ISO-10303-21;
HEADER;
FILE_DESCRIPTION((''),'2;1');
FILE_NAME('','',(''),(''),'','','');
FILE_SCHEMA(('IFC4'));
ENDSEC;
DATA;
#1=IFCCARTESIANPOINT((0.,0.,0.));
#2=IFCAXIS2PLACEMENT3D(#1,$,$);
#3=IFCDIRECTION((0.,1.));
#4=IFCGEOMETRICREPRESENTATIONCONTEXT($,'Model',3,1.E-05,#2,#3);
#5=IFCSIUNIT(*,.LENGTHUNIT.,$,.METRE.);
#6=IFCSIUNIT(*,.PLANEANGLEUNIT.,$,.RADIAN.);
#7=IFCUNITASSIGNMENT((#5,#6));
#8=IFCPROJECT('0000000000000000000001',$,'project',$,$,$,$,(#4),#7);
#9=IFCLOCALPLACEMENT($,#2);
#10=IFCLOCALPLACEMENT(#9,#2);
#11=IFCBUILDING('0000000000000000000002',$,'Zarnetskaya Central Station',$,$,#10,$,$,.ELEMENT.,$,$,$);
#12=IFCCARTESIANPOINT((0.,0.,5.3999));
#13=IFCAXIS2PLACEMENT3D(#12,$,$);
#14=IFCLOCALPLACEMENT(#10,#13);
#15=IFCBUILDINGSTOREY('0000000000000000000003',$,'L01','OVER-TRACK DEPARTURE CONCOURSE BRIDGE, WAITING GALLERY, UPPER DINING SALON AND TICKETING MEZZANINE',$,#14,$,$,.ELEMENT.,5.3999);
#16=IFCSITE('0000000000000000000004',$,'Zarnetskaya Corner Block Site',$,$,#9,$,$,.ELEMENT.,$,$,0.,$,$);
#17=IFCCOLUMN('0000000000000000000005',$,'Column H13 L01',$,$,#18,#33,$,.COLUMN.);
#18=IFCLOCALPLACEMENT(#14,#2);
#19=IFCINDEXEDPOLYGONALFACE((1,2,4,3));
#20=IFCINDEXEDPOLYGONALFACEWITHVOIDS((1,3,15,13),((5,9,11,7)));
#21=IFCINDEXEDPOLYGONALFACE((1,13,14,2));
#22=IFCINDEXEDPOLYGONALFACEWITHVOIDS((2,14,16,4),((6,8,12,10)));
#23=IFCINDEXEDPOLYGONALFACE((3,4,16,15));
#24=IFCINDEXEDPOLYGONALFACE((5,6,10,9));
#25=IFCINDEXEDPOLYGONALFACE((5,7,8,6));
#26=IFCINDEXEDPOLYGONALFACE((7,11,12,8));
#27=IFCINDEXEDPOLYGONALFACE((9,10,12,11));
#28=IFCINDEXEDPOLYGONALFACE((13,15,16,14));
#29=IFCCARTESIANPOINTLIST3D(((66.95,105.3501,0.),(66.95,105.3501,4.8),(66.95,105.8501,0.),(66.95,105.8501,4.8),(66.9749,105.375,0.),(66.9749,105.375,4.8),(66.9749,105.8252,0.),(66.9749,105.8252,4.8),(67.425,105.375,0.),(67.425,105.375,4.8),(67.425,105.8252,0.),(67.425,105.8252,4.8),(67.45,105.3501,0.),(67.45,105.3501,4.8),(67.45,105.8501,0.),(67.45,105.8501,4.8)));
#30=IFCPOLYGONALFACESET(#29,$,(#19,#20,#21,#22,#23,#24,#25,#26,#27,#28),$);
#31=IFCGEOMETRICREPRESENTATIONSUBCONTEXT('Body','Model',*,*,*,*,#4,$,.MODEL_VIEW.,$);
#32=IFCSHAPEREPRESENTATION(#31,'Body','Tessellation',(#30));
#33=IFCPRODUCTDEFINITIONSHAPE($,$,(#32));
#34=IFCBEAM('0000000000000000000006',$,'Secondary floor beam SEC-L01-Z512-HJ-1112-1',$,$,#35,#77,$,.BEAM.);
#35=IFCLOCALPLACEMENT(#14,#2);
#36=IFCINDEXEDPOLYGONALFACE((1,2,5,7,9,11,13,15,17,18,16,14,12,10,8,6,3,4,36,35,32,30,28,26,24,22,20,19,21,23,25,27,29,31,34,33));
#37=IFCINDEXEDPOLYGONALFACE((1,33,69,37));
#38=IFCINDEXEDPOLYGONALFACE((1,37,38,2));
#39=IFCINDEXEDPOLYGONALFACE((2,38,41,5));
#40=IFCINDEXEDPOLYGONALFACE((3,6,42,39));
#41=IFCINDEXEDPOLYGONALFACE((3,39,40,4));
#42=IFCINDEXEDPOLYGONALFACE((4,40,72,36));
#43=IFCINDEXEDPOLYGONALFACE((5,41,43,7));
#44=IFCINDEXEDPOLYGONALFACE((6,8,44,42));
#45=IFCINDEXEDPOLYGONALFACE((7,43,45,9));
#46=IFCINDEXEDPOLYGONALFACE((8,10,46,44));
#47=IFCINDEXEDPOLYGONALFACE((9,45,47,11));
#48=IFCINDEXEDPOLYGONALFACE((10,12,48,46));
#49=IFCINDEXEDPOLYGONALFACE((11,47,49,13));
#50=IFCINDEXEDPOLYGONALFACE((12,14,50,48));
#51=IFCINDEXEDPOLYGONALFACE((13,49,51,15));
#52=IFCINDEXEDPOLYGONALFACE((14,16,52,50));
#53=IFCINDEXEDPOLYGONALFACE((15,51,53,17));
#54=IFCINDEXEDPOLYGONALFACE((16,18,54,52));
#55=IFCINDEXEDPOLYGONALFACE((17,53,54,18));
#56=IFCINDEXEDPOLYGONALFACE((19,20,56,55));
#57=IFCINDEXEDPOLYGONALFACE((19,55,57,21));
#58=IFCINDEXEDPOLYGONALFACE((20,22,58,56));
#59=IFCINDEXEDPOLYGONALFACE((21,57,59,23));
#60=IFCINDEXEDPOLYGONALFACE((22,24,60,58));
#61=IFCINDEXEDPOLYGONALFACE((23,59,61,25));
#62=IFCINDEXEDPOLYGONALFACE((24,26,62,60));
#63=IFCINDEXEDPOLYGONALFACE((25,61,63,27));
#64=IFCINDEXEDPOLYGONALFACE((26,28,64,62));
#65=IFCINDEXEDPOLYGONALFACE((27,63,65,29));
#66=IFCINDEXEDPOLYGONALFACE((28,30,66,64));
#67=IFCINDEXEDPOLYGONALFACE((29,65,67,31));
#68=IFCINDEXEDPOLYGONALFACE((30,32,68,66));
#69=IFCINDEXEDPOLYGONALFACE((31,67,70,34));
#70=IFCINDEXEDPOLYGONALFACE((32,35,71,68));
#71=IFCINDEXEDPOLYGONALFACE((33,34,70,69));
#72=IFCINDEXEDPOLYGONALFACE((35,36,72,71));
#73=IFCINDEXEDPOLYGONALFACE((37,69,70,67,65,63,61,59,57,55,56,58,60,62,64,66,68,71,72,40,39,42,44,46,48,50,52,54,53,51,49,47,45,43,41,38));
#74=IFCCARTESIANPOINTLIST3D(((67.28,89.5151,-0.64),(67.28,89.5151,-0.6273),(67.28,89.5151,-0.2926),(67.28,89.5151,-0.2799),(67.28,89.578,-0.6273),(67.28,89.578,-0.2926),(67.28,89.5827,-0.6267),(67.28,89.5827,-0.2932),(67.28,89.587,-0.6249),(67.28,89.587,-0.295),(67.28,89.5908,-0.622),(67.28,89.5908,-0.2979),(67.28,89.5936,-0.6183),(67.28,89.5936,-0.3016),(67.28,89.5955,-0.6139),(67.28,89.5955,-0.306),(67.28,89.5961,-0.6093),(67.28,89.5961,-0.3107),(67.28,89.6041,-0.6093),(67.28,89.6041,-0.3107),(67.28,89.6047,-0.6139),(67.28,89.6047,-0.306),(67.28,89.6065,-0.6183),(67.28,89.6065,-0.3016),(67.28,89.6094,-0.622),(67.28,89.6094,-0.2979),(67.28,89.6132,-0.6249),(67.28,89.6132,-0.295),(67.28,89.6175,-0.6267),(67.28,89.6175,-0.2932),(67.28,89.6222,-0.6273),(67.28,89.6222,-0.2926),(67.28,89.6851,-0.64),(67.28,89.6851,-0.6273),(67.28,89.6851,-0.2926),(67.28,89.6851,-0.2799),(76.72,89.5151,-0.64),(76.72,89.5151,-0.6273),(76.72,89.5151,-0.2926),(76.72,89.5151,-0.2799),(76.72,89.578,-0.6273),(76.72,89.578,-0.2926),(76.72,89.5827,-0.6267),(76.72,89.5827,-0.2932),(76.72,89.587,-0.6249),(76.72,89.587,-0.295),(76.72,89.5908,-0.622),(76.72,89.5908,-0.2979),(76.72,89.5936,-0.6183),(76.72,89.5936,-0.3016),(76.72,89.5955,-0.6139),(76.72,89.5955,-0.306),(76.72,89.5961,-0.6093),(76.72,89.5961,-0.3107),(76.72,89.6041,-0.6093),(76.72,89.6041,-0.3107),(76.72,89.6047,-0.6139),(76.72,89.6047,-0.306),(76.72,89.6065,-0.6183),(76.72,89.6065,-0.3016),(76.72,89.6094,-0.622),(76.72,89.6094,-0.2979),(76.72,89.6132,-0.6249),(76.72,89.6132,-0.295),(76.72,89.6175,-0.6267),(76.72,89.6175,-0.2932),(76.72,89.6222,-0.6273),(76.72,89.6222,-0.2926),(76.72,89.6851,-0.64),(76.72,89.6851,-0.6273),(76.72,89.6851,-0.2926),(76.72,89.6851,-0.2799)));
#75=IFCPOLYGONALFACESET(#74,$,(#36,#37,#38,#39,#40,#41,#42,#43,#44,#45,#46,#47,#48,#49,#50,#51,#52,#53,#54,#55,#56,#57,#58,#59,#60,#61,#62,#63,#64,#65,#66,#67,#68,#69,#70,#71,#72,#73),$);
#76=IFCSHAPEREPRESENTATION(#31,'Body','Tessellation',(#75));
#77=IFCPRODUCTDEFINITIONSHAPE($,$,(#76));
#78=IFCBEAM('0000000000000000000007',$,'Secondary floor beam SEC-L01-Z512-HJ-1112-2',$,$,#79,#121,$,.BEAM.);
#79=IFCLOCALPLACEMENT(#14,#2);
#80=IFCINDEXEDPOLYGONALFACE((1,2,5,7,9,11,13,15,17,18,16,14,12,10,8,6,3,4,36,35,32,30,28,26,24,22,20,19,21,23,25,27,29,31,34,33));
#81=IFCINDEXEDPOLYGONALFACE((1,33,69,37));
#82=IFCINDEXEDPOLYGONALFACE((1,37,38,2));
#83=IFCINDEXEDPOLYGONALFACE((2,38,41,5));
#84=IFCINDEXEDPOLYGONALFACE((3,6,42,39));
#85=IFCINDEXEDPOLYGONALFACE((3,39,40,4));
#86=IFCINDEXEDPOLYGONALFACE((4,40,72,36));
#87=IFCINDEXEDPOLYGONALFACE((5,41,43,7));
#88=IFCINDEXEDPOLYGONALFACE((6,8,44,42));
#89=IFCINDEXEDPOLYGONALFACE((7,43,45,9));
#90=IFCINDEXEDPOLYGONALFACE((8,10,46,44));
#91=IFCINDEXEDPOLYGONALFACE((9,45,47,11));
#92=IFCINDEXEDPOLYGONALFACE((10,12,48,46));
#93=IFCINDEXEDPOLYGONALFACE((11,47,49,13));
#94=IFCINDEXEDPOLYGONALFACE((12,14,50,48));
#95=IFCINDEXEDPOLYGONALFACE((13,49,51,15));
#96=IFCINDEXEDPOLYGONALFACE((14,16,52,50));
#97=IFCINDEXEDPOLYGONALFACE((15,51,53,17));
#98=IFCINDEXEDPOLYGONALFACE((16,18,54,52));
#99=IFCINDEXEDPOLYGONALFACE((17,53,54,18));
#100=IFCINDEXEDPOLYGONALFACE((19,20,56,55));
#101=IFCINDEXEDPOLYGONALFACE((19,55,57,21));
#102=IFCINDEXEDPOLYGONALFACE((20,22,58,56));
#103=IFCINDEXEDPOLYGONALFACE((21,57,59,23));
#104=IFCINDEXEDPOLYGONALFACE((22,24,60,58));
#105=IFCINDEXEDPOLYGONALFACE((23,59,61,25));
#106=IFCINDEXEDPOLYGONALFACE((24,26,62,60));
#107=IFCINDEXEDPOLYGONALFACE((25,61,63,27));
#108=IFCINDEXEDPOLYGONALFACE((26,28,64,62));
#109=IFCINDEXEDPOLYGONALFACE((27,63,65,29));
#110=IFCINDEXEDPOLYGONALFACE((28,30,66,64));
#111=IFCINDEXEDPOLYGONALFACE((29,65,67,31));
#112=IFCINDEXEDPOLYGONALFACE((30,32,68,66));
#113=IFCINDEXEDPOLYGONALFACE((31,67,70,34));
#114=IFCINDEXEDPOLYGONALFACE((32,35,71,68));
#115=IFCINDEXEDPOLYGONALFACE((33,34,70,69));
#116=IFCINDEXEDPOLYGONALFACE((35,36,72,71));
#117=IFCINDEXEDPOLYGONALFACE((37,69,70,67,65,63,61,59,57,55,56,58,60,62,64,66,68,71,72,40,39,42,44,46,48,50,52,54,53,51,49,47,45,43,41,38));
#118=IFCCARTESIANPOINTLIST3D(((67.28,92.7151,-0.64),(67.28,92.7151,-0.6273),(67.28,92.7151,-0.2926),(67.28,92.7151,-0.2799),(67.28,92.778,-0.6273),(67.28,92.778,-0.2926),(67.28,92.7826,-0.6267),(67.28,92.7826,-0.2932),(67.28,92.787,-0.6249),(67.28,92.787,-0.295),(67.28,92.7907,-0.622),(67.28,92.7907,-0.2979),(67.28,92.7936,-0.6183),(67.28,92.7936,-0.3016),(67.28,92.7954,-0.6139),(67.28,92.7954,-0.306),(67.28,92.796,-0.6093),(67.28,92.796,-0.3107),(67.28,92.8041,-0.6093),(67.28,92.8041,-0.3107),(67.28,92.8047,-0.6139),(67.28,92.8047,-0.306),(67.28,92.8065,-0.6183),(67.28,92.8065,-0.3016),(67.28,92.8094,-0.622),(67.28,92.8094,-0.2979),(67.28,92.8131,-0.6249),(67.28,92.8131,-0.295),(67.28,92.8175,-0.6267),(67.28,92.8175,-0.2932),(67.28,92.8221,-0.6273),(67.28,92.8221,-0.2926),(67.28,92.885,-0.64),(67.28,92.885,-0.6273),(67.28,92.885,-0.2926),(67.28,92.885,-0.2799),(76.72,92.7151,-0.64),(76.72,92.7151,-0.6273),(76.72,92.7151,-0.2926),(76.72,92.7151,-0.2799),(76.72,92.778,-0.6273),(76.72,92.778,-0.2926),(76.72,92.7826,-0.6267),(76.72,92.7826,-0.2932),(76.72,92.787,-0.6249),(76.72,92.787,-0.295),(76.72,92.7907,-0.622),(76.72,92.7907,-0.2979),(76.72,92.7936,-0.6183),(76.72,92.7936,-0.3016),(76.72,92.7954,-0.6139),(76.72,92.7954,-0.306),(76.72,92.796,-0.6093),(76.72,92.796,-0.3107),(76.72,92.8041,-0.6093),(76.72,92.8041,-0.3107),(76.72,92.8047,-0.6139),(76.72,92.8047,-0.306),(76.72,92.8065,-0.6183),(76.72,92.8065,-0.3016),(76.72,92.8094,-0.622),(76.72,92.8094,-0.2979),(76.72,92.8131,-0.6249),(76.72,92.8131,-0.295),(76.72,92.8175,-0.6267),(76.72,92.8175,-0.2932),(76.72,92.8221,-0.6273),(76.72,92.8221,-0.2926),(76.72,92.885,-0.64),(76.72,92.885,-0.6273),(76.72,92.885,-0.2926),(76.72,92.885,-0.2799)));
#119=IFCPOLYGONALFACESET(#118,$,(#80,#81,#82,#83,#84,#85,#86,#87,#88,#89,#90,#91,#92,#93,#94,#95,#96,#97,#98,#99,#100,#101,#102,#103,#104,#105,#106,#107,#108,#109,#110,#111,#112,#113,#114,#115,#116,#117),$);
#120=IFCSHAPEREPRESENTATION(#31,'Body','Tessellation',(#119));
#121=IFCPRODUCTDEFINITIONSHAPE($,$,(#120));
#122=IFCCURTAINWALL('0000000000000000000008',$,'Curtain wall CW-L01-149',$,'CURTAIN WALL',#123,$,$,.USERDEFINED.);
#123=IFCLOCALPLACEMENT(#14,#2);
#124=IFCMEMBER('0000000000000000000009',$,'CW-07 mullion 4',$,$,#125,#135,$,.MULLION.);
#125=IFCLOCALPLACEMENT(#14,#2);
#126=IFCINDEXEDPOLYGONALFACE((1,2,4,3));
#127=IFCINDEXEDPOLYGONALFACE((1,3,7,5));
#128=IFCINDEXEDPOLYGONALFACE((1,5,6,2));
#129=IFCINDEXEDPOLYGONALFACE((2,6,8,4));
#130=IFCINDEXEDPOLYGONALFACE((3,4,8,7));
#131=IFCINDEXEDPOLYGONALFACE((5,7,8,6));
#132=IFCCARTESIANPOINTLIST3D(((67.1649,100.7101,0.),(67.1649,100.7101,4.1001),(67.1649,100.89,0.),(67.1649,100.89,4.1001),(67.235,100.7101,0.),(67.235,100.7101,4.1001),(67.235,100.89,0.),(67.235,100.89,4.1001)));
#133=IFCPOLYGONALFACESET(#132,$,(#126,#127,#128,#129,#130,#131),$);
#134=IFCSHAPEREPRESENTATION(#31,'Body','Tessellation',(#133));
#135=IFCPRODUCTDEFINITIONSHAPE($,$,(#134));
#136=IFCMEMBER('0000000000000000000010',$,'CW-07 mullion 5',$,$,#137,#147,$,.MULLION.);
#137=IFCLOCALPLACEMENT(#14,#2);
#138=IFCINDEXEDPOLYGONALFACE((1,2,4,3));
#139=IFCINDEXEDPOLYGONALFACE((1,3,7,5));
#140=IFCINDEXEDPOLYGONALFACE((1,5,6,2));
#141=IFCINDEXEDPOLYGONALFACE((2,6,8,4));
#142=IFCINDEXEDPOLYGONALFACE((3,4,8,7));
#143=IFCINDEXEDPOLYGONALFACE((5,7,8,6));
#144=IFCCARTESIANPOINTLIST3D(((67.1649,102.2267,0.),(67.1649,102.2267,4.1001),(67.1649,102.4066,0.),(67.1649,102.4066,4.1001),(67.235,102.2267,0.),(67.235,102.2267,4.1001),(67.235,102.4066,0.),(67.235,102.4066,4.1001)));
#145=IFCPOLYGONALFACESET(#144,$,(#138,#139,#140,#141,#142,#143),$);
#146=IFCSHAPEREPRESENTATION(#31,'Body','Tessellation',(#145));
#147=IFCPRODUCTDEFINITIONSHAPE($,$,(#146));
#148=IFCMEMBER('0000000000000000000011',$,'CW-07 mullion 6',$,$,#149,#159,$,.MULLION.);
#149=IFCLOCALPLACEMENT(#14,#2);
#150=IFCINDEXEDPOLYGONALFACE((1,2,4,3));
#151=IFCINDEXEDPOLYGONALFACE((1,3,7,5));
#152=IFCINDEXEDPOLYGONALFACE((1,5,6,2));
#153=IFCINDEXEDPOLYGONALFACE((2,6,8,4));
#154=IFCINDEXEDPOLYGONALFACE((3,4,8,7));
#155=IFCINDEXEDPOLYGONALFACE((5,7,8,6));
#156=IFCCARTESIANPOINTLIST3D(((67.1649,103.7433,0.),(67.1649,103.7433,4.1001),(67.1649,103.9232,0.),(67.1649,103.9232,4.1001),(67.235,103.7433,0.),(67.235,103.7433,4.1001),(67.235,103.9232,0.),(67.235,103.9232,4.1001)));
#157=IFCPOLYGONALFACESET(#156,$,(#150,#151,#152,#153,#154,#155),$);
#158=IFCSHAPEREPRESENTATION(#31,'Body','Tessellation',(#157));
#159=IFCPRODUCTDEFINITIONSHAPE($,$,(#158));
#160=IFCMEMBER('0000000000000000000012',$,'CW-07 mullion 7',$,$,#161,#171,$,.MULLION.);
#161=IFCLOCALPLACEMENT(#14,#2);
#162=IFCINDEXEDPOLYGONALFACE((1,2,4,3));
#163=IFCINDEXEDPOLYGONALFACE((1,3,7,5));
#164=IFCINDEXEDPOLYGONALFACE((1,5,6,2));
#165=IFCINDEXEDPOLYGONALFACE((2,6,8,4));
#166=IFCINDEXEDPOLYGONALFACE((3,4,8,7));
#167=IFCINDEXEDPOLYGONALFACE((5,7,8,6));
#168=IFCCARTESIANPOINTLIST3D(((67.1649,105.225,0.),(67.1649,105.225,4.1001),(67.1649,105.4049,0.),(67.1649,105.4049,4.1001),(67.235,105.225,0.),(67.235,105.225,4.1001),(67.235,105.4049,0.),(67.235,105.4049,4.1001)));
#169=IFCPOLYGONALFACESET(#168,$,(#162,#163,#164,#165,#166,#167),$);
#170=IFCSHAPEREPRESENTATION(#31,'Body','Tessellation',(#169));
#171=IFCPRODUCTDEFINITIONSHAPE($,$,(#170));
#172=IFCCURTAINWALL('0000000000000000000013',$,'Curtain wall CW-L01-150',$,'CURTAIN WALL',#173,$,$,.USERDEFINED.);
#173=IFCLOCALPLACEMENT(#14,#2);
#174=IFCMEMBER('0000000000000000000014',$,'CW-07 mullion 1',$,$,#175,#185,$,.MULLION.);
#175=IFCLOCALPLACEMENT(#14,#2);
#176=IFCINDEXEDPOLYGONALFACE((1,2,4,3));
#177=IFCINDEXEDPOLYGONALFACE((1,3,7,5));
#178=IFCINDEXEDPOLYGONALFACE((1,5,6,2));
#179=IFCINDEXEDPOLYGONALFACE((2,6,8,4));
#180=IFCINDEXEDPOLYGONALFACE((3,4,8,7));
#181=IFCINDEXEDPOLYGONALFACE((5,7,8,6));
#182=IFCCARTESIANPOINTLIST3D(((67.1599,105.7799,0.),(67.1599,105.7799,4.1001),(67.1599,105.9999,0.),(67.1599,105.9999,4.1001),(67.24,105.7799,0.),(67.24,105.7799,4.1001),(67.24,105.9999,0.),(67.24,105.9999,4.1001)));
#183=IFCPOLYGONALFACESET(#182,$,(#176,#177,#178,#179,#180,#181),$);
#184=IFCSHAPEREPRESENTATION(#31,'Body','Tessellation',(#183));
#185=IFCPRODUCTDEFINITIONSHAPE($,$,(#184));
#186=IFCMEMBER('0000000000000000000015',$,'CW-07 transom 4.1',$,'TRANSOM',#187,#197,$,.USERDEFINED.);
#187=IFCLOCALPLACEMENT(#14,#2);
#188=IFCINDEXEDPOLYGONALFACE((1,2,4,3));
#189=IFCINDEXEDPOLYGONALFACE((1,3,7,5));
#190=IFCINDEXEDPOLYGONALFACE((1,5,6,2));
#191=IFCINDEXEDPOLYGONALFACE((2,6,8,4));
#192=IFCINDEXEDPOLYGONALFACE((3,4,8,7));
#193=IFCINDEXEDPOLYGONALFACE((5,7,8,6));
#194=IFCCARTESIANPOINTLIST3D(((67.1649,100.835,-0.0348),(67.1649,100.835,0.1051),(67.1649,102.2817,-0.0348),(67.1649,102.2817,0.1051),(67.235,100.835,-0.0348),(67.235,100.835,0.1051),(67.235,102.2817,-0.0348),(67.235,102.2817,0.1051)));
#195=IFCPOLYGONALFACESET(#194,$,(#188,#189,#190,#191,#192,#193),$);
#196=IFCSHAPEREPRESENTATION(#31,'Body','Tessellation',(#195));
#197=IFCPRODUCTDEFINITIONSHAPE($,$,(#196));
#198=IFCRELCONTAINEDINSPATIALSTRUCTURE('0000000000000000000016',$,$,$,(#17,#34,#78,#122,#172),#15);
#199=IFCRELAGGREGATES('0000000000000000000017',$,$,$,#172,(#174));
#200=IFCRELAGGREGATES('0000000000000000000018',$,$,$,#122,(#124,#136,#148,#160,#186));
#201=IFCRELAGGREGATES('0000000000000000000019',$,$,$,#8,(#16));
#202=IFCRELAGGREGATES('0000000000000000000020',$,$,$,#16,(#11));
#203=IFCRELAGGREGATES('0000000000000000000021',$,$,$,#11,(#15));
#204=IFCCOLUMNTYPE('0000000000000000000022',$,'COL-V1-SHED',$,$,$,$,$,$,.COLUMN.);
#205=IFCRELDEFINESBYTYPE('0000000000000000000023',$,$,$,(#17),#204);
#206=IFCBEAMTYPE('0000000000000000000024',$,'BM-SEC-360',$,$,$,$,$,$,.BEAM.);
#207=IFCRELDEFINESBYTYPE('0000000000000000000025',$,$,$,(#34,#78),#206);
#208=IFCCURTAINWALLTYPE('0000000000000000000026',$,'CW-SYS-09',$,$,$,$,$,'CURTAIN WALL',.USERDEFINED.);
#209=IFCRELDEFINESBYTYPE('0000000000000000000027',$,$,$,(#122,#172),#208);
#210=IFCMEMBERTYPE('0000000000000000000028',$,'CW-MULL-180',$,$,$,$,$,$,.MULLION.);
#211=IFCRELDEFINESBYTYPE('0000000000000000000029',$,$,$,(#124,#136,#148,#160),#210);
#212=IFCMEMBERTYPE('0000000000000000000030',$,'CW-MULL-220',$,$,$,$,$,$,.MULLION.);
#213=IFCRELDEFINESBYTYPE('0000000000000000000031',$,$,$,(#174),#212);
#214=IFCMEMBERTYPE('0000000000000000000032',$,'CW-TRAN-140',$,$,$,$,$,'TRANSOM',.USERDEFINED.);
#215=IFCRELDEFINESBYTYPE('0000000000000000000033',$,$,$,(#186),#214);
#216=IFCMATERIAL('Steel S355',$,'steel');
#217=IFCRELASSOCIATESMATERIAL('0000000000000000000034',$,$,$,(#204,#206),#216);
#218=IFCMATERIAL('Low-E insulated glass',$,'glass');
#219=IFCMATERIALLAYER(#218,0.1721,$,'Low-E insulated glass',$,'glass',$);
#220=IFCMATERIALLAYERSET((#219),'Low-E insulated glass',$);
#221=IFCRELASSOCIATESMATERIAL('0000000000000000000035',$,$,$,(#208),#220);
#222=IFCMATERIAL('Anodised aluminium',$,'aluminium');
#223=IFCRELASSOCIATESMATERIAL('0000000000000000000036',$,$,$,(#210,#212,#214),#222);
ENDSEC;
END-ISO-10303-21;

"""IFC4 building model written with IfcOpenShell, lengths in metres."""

from ifc_helpers import new_model, si_unit, direction, frame, origin, origin_2d, place, context, subcontext, project, spatial, rectangle, hollow_rectangle, i_section, extrude, material, layer, layer_set, material_profile, profile_set, type_object, element, aggregate, save


model = new_model("IFC4")

# Units and contexts
model_context = context("Model", 3, precision=1e-05, world=origin(), true_north=direction((0.0, 1.0)))
body_context = subcontext(model_context, "Body", "Model", "MODEL_VIEW")
ifc_project = project(units=[si_unit("LENGTHUNIT", "METRE"), si_unit("PLANEANGLEUNIT", "RADIAN")], contexts=[model_context])

# Site, building, storey
site_placement = place(None, origin())
site = spatial("IfcSite", under=ifc_project, at=site_placement, Name="Zarnetskaya Corner Block Site", CompositionType="ELEMENT", RefElevation=0.0)
building_placement = place(site_placement, origin())
building = spatial("IfcBuilding", under=site, at=building_placement, Name="Zarnetskaya Central Station", CompositionType="ELEMENT")
storey_placement = place(building_placement, frame((0.0, 0.0, 5.3999)))
storey = spatial("IfcBuildingStorey", under=building, at=storey_placement, Name="L01", Description="OVER-TRACK DEPARTURE CONCOURSE BRIDGE, WAITING GALLERY, UPPER DINING SALON AND TICKETING MEZZANINE", CompositionType="ELEMENT", Elevation=5.3999)

# Column
ifc_material_1 = material(Name="Steel S355", Category="steel")
ifc_material_profile_1 = material_profile(ifc_material_1, hollow_rectangle(XDim=0.5, YDim=0.5, WallThickness=0.0249, at=origin_2d()), Name="BOX 500x500x25")
ifc_profile_set_1 = profile_set([ifc_material_profile_1], Name="Steel S355")
column_type = type_object("IfcColumnType", Name="COL-V1-SHED", PredefinedType="COLUMN", material=ifc_profile_set_1)
column_placement = place(storey_placement, frame((67.2, 105.6001, 0.0), z_axis=(0.0, 0.0, 1.0), x_axis=(1.0, 0.0, 0.0)))
element("IfcColumn", 1, at=column_placement, inside=storey, type_object=column_type, Name="Column H13 L01", PredefinedType="COLUMN", context=body_context, shape_type="SweptSolid", body=[
    extrude(hollow_rectangle(XDim=0.5, YDim=0.5, WallThickness=0.0249, at=origin_2d()), origin(), (0.0, 0.0, 1.0), 4.8),
])

# Beams
ifc_material_profile_2 = material_profile(ifc_material_1, i_section(OverallWidth=0.1699, OverallDepth=0.3601, WebThickness=0.0081, FlangeThickness=0.0127, FilletRadius=0.0181, at=origin_2d()), Name="IPE 360")
ifc_profile_set_2 = profile_set([ifc_material_profile_2], Name="Steel S355")
beam_type_1 = type_object("IfcBeamType", Name="BM-SEC-360", PredefinedType="BEAM", material=ifc_profile_set_2)
for number, where, z_axis, x_axis, name in (
    (2, (67.28, 89.6001, -0.46), (1.0, 0.0, 0.0), (0.0, 1.0, 0.0), "Secondary floor beam SEC-L01-Z512-HJ-1112-1"),
    (3, (67.28, 92.8, -0.46), (1.0, 0.0, 0.0), (0.0, 1.0, 0.0), "Secondary floor beam SEC-L01-Z512-HJ-1112-2"),
):
    element("IfcBeam", number, at=place(storey_placement, frame(where, z_axis=z_axis, x_axis=x_axis)), inside=storey, type_object=beam_type_1, Name=name, PredefinedType="BEAM", context=body_context, shape_type="SweptSolid", body=[
        extrude(i_section(OverallWidth=0.1699, OverallDepth=0.3601, WebThickness=0.0081, FlangeThickness=0.0127, FilletRadius=0.0181, at=origin_2d()), origin(), (0.0, 0.0, 1.0), 9.4399),
    ])

# Curtain wall, members
ifc_material_2 = material(Name="Low-E insulated glass", Category="glass")
ifc_layer_1 = layer(ifc_material_2, 0.1721, Name="Low-E insulated glass", Category="glass")
ifc_layer_set_1 = layer_set([ifc_layer_1], Name="Low-E insulated glass")
curtain_wall_type = type_object("IfcCurtainWallType", Name="CW-SYS-09", ElementType="CURTAIN WALL", PredefinedType="USERDEFINED", material=ifc_layer_set_1)
curtain_wall_1_placement = place(storey_placement, origin())
curtain_wall_1 = element("IfcCurtainWall", 4, at=curtain_wall_1_placement, inside=storey, type_object=curtain_wall_type, Name="Curtain wall CW-L01-149", ObjectType="CURTAIN WALL", PredefinedType="USERDEFINED")
ifc_material_3 = material(Name="Anodised aluminium", Category="aluminium")
ifc_material_profile_3 = material_profile(ifc_material_3, rectangle(XDim=0.0701, YDim=0.1799, at=origin_2d()), Name="ALU MULL 70x180")
ifc_profile_set_3 = profile_set([ifc_material_profile_3], Name="Anodised aluminium")
member_type_1 = type_object("IfcMemberType", Name="CW-MULL-180", PredefinedType="MULLION", material=ifc_profile_set_3)
member_1_placement = place(storey_placement, frame((67.2, 100.8, 0.0), z_axis=(0.0, 0.0, 1.0), x_axis=(-1.0, 0.0, 0.0)))
member_1 = element("IfcMember", 5, at=member_1_placement, type_object=member_type_1, Name="CW-07 mullion 4", PredefinedType="MULLION", context=body_context, shape_type="SweptSolid", body=[
    extrude(rectangle(XDim=0.0701, YDim=0.1799, at=origin_2d()), origin(), (0.0, 0.0, 1.0), 4.1001),
])
member_2_placement = place(storey_placement, frame((67.2, 102.3167, 0.0), z_axis=(0.0, 0.0, 1.0), x_axis=(-1.0, 0.0, 0.0)))
member_2 = element("IfcMember", 6, at=member_2_placement, type_object=member_type_1, Name="CW-07 mullion 5", PredefinedType="MULLION", context=body_context, shape_type="SweptSolid", body=[
    extrude(rectangle(XDim=0.0701, YDim=0.1799, at=origin_2d()), origin(), (0.0, 0.0, 1.0), 4.1001),
])
member_3_placement = place(storey_placement, frame((67.2, 103.8333, 0.0), z_axis=(0.0, 0.0, 1.0), x_axis=(-1.0, 0.0, 0.0)))
member_3 = element("IfcMember", 7, at=member_3_placement, type_object=member_type_1, Name="CW-07 mullion 6", PredefinedType="MULLION", context=body_context, shape_type="SweptSolid", body=[
    extrude(rectangle(XDim=0.0701, YDim=0.1799, at=origin_2d()), origin(), (0.0, 0.0, 1.0), 4.1001),
])
member_4_placement = place(storey_placement, frame((67.2, 105.3149, 0.0), z_axis=(0.0, 0.0, 1.0), x_axis=(-1.0, 0.0, 0.0)))
member_4 = element("IfcMember", 8, at=member_4_placement, type_object=member_type_1, Name="CW-07 mullion 7", PredefinedType="MULLION", context=body_context, shape_type="SweptSolid", body=[
    extrude(rectangle(XDim=0.0701, YDim=0.1799, at=origin_2d()), origin(), (0.0, 0.0, 1.0), 4.1001),
])

# Curtain wall, member
curtain_wall_2_placement = place(storey_placement, origin())
curtain_wall_2 = element("IfcCurtainWall", 9, at=curtain_wall_2_placement, inside=storey, type_object=curtain_wall_type, Name="Curtain wall CW-L01-150", ObjectType="CURTAIN WALL", PredefinedType="USERDEFINED")
ifc_material_profile_4 = material_profile(ifc_material_3, rectangle(XDim=0.0801, YDim=0.22, at=origin_2d()), Name="ALU MULL 80x220")
ifc_profile_set_4 = profile_set([ifc_material_profile_4], Name="Anodised aluminium")
member_type_2 = type_object("IfcMemberType", Name="CW-MULL-220", PredefinedType="MULLION", material=ifc_profile_set_4)
member_5_placement = place(storey_placement, frame((67.2, 105.8899, 0.0), z_axis=(0.0, 0.0, 1.0), x_axis=(-1.0, 0.0, 0.0)))
member_5 = element("IfcMember", 10, at=member_5_placement, type_object=member_type_2, Name="CW-07 mullion 1", PredefinedType="MULLION", context=body_context, shape_type="SweptSolid", body=[
    extrude(rectangle(XDim=0.0801, YDim=0.22, at=origin_2d()), origin(), (0.0, 0.0, 1.0), 4.1001),
])

# Member
ifc_material_profile_5 = material_profile(ifc_material_3, rectangle(XDim=0.0701, YDim=0.1399, at=origin_2d()), Name="ALU TRAN 70x140")
ifc_profile_set_5 = profile_set([ifc_material_profile_5], Name="Anodised aluminium")
member_type_3 = type_object("IfcMemberType", Name="CW-TRAN-140", ElementType="TRANSOM", PredefinedType="USERDEFINED", material=ifc_profile_set_5)
member_6_placement = place(storey_placement, frame((67.2, 100.835, 0.0352), z_axis=(0.0, 1.0, 0.0), x_axis=(-1.0, 0.0, 0.0)))
member_6 = element("IfcMember", 11, at=member_6_placement, type_object=member_type_3, Name="CW-07 transom 4.1", ObjectType="TRANSOM", PredefinedType="USERDEFINED", context=body_context, shape_type="SweptSolid", body=[
    extrude(rectangle(XDim=0.0701, YDim=0.1399, at=origin_2d()), origin(), (0.0, 0.0, 1.0), 1.4468),
])
aggregate(curtain_wall_2, [member_5])

aggregate(curtain_wall_1, [member_1, member_2, member_3, member_4, member_6])

save(model, "model.ifc")
